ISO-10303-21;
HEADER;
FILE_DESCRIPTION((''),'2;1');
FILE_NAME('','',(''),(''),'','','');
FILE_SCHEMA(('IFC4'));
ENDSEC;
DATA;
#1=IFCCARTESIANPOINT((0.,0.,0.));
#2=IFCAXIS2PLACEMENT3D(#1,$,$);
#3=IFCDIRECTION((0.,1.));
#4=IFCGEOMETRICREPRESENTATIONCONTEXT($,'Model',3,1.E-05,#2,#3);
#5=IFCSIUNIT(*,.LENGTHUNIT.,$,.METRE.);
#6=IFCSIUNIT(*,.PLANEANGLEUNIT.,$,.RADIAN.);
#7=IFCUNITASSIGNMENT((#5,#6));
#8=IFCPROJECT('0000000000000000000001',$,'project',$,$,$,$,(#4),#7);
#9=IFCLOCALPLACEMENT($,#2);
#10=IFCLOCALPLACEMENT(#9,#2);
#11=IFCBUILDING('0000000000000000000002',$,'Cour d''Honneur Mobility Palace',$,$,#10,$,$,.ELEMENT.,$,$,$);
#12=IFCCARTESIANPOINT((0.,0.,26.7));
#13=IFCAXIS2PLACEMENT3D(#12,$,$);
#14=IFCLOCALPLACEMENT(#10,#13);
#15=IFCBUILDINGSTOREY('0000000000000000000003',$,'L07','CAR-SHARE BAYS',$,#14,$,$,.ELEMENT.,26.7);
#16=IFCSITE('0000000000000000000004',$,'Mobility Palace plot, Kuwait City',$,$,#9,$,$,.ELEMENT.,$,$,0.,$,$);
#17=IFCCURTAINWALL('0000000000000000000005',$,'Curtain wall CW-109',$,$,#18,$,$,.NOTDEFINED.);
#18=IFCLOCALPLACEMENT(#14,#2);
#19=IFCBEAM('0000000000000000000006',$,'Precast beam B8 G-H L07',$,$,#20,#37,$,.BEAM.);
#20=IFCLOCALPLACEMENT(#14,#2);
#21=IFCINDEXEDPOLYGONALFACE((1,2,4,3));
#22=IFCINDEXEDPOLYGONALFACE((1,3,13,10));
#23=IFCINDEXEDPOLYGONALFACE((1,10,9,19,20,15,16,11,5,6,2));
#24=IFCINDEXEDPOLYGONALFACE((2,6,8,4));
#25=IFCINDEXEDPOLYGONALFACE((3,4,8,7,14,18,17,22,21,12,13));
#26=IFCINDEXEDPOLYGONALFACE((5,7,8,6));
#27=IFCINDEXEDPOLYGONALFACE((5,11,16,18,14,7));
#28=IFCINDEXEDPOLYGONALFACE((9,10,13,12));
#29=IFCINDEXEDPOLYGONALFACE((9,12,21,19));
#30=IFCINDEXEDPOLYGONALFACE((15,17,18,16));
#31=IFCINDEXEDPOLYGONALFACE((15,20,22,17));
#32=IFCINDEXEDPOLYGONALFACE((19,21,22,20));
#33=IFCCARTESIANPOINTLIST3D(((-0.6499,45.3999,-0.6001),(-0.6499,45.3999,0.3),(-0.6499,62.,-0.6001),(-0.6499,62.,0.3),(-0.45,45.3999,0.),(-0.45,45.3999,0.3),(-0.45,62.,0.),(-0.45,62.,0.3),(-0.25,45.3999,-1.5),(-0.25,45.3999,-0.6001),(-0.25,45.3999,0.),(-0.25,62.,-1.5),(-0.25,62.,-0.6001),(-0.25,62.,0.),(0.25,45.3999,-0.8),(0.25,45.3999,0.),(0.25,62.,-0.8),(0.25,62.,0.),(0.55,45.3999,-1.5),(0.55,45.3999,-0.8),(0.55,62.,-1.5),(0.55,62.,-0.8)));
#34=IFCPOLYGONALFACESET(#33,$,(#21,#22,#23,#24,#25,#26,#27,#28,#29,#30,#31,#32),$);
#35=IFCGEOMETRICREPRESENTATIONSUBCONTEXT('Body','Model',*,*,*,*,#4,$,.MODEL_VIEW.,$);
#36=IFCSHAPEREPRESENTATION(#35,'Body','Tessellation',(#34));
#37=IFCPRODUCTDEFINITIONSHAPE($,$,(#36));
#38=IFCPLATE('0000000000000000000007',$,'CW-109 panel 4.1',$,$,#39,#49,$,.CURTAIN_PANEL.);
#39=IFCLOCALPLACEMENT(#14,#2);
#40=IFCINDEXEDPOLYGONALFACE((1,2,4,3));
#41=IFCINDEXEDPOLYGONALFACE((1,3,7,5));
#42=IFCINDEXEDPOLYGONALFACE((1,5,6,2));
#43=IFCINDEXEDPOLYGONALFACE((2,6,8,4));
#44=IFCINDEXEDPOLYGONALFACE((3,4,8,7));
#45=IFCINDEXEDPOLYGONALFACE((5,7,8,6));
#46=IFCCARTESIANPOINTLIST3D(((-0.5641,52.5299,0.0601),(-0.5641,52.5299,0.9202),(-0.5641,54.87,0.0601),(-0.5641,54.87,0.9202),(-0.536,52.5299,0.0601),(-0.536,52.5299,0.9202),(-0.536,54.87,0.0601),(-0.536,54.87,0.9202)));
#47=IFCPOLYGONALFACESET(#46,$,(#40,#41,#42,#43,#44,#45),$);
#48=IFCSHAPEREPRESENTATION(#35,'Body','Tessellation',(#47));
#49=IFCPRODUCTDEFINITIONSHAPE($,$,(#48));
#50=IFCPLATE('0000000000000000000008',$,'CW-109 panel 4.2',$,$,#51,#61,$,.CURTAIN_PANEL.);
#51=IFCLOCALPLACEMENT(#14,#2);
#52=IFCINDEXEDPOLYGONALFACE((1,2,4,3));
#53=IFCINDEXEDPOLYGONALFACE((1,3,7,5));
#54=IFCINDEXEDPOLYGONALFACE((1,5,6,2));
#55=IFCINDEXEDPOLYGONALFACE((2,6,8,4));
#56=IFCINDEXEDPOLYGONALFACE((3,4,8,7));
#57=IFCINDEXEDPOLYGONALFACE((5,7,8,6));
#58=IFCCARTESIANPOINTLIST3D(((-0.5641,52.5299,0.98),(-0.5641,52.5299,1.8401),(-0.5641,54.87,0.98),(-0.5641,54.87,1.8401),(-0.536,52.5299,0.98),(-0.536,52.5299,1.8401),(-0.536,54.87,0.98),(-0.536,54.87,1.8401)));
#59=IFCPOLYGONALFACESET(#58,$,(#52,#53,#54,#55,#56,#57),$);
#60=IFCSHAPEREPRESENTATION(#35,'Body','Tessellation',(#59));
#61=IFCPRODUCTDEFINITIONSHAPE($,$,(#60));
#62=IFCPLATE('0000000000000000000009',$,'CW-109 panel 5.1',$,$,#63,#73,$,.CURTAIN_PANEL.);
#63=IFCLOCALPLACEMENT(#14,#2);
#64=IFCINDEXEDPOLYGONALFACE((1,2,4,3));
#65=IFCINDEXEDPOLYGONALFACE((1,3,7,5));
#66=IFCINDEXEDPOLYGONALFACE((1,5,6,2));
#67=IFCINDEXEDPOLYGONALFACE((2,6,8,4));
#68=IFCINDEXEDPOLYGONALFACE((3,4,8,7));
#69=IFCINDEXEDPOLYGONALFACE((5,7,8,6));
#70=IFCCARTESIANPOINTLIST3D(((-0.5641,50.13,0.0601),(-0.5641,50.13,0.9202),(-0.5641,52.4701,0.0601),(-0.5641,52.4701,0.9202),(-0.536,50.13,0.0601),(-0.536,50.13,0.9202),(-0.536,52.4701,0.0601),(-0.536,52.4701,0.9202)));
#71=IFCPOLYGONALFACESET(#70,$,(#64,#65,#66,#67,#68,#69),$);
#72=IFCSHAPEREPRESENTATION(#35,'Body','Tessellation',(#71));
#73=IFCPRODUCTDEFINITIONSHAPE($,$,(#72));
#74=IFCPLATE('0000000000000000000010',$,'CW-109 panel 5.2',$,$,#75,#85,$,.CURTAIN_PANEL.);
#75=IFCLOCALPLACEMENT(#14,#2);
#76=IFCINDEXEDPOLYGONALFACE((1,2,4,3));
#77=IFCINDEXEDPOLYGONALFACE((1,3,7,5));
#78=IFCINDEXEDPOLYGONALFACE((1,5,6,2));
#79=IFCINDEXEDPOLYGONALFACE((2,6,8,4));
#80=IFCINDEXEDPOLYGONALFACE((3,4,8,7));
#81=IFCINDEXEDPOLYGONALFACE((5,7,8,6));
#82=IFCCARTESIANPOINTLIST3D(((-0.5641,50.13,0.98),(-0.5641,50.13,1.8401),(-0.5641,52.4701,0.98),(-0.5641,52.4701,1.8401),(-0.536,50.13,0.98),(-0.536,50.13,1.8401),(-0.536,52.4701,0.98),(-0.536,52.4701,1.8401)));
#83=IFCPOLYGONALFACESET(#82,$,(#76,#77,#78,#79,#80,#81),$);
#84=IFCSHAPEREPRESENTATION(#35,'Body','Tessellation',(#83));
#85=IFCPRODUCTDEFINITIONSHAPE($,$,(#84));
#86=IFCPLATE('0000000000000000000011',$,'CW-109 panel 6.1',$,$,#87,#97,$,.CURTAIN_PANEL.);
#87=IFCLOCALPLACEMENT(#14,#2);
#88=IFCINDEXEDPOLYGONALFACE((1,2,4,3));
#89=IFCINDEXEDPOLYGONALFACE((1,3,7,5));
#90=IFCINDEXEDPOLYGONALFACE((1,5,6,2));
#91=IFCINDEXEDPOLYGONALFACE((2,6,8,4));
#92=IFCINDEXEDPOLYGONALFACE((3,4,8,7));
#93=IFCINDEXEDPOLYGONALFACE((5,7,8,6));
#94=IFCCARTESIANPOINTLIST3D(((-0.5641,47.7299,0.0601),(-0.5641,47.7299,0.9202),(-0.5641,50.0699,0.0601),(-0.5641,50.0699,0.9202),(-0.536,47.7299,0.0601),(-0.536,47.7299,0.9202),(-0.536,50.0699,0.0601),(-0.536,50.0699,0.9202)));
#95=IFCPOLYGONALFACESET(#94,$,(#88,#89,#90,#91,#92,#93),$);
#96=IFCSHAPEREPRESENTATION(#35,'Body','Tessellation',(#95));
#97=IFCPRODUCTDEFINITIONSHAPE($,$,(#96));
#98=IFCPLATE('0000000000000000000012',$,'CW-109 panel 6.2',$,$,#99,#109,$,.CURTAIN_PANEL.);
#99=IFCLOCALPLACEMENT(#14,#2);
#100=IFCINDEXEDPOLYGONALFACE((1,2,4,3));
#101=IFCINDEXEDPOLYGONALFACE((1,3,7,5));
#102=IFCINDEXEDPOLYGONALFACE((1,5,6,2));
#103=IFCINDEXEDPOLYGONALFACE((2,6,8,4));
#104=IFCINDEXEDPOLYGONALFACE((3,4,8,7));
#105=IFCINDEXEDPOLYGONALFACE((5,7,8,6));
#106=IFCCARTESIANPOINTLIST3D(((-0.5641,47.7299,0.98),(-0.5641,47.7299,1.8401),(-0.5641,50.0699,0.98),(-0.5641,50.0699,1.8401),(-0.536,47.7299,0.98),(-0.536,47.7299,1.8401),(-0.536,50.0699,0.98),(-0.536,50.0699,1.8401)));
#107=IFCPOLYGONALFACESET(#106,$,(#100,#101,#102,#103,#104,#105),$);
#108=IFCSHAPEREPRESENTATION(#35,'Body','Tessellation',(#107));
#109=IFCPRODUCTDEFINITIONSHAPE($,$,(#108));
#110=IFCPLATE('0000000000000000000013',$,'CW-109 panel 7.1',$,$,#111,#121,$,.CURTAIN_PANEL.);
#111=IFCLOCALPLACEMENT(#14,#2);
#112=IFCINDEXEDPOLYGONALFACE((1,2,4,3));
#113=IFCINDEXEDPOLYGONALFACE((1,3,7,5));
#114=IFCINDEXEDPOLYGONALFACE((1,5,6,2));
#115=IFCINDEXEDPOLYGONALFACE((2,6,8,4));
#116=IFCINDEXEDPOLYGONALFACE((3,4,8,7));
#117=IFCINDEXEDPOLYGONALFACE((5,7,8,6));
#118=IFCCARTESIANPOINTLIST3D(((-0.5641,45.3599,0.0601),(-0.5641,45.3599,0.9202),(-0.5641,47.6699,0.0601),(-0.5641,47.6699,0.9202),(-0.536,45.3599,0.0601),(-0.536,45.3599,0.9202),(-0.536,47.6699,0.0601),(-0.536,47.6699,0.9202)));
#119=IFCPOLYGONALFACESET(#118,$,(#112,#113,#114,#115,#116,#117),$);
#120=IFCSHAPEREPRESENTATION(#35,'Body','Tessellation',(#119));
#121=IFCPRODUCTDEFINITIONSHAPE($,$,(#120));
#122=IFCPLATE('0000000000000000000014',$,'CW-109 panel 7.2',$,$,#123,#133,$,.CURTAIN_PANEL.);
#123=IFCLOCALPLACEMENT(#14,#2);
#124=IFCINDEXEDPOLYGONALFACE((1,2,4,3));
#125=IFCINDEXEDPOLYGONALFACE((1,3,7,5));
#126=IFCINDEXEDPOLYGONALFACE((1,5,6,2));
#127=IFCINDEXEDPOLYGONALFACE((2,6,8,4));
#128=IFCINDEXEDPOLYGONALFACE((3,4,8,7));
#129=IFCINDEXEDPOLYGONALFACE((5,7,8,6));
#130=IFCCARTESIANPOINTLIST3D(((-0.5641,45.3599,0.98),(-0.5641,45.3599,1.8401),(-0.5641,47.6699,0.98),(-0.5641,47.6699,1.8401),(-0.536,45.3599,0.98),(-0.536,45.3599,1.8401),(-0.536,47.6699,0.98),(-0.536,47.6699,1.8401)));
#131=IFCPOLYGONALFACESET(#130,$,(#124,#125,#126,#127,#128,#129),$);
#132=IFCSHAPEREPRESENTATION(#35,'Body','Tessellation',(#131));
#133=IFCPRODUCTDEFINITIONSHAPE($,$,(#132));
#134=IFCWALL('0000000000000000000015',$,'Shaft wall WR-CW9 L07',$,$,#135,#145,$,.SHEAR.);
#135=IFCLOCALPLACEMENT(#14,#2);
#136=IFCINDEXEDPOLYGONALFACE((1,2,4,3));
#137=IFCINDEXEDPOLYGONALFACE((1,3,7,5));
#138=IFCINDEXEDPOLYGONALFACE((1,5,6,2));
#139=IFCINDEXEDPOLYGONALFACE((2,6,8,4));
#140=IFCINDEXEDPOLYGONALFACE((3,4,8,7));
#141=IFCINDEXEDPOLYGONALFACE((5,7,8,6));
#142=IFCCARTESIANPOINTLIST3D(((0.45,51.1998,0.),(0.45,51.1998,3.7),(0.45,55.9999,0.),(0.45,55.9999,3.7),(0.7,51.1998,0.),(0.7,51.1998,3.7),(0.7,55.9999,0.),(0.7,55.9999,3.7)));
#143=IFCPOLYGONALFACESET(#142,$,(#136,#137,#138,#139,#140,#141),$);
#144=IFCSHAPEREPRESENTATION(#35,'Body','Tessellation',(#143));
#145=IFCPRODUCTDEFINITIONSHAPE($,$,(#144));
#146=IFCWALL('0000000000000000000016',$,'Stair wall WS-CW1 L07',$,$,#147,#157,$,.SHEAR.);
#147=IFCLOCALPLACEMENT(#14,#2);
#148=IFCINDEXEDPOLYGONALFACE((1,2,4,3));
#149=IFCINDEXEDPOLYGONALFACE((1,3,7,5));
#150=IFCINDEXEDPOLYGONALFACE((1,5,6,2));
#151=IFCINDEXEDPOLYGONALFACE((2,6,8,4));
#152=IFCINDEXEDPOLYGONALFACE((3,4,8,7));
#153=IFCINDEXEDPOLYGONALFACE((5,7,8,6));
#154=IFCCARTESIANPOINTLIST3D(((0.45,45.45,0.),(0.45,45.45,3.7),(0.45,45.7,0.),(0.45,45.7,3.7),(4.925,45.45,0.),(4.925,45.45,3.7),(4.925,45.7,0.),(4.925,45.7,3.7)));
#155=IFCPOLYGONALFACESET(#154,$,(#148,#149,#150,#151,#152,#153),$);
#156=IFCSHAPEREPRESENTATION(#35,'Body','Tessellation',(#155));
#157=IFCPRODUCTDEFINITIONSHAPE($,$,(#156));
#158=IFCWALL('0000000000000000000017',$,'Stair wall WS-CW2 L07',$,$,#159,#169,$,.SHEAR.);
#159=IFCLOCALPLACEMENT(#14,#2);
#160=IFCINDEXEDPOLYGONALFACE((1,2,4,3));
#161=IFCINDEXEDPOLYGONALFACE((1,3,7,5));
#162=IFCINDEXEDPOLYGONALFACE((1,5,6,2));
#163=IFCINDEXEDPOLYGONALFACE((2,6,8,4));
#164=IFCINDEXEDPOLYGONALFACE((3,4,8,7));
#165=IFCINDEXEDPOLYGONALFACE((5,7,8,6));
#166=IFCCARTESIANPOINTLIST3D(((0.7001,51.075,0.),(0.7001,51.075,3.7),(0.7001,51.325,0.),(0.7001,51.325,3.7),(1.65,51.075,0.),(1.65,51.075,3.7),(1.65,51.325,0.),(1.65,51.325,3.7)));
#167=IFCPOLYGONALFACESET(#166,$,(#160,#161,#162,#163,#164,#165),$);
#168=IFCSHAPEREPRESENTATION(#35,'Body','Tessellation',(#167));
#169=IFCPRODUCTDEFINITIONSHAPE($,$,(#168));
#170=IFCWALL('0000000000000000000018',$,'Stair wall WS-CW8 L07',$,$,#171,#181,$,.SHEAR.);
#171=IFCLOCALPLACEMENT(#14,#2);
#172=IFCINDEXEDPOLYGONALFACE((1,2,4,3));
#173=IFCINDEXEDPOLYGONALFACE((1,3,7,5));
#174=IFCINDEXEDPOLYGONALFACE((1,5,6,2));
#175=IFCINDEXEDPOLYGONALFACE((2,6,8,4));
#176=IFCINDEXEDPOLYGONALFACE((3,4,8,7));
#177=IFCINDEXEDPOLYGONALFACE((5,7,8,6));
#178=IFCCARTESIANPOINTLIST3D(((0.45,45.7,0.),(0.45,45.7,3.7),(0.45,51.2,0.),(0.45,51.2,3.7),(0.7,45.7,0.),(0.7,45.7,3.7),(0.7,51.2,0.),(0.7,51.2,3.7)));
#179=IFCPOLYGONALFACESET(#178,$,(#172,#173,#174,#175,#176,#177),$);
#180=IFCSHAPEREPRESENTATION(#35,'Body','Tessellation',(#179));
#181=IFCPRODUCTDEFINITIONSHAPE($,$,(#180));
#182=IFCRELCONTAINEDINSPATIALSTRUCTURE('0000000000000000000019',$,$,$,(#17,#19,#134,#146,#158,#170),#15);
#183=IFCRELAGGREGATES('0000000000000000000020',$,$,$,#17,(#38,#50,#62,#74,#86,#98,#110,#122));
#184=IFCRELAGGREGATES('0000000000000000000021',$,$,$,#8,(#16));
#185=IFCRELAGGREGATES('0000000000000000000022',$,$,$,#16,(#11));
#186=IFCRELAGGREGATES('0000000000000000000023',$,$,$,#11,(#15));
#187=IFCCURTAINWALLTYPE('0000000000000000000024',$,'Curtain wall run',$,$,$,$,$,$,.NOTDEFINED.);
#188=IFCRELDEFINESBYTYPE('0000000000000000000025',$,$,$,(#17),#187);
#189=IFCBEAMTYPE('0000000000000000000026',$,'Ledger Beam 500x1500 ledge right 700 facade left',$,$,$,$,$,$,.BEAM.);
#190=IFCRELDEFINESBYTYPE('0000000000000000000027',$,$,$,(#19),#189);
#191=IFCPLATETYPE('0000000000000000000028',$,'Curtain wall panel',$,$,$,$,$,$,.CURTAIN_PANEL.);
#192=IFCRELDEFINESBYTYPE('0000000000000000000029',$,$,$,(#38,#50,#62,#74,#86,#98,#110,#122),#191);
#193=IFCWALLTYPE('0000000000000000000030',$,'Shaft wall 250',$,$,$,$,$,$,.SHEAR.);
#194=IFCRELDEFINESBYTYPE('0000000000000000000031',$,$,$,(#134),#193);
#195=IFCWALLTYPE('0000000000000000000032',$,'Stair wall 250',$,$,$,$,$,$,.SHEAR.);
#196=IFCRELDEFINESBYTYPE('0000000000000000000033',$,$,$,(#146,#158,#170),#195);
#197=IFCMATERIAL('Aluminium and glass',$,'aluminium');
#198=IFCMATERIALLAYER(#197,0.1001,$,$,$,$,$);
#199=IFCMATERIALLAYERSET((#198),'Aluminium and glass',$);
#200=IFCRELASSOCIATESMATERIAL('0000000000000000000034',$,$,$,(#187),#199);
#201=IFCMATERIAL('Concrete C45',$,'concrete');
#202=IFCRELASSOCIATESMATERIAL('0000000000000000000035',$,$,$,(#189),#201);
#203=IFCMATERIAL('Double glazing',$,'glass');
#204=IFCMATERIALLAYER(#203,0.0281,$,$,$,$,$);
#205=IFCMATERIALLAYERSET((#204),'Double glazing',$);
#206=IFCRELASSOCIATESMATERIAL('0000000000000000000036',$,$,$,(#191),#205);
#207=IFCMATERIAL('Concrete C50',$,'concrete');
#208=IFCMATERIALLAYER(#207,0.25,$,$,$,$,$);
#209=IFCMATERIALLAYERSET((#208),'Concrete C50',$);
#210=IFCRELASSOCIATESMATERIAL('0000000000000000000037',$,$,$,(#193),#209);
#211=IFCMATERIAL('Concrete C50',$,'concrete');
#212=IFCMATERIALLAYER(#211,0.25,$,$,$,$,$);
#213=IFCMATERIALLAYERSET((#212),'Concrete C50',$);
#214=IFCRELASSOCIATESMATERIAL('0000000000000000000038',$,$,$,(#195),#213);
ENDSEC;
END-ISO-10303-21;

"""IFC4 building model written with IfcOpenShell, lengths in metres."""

from ifc_helpers import new_model, si_unit, direction, frame, frame_2d, origin, origin_2d, place, context, subcontext, project, spatial, polyline, rectangle, outline, extrude, material, layer, layer_set, material_profile, profile_set, type_object, element, aggregate, save


model = new_model("IFC4")

# Units and contexts
model_context = context("Model", 3, precision=1e-05, world=origin(), true_north=direction((0.0, 1.0)))
body_context = subcontext(model_context, "Body", "Model", "MODEL_VIEW")
ifc_project = project(units=[si_unit("LENGTHUNIT", "METRE"), si_unit("PLANEANGLEUNIT", "RADIAN")], contexts=[model_context])

# Site, building, storey
site_placement = place(None, origin())
site = spatial("IfcSite", under=ifc_project, at=site_placement, Name="Mobility Palace plot, Kuwait City", CompositionType="ELEMENT", RefElevation=0.0)
building_placement = place(site_placement, origin())
building = spatial("IfcBuilding", under=site, at=building_placement, Name="Cour d'Honneur Mobility Palace", CompositionType="ELEMENT")
storey_placement = place(building_placement, frame((0.0, 0.0, 26.7)))
storey = spatial("IfcBuildingStorey", under=building, at=storey_placement, Name="L07", Description="CAR-SHARE BAYS", CompositionType="ELEMENT", Elevation=26.7)

# Curtain wall
ifc_material_1 = material(Name="Aluminium and glass", Category="aluminium")
ifc_layer_1 = layer(ifc_material_1, 0.1001)
ifc_layer_set_1 = layer_set([ifc_layer_1], Name="Aluminium and glass")
curtain_wall_type = type_object("IfcCurtainWallType", Name="Curtain wall run", PredefinedType="NOTDEFINED", material=ifc_layer_set_1)
curtain_wall_placement = place(storey_placement, origin())
curtain_wall = element("IfcCurtainWall", 1, at=curtain_wall_placement, inside=storey, type_object=curtain_wall_type, Name="Curtain wall CW-109", PredefinedType="NOTDEFINED")

# Beam
ifc_material_2 = material(Name="Concrete C45", Category="concrete")
ifc_material_profile_1 = material_profile(ifc_material_2, outline(polyline([(0.25, -1.5), (0.25, -0.6001), (0.6499, -0.6001), (0.6499, 0.3), (0.45, 0.3), (0.45, 0.0), (0.25, 0.0), (-0.25, 0.0), (-0.25, -0.8), (-0.55, -0.8), (-0.55, -1.5), (0.25, -1.5)])), Name="Ledger Beam 500x1500 ledge right 700 facade left")
ifc_profile_set_1 = profile_set([ifc_material_profile_1], Name="Concrete C45")
beam_type = type_object("IfcBeamType", Name="Ledger Beam 500x1500 ledge right 700 facade left", PredefinedType="BEAM", material=ifc_profile_set_1)
beam_placement = place(storey_placement, frame((0.0, 45.3999, 0.0), z_axis=(0.0, 1.0, 0.0), x_axis=(-1.0, 0.0, 0.0)))
element("IfcBeam", 2, at=beam_placement, inside=storey, type_object=beam_type, Name="Precast beam B8 G-H L07", PredefinedType="BEAM", context=body_context, shape_type="SweptSolid", body=[
    extrude(outline(polyline([(0.25, -1.5), (0.25, -0.6001), (0.6499, -0.6001), (0.6499, 0.3), (0.45, 0.3), (0.45, 0.0), (0.25, 0.0), (-0.25, 0.0), (-0.25, -0.8), (-0.55, -0.8), (-0.55, -1.5), (0.25, -1.5)])), origin(), (0.0, 0.0, 1.0), 16.6001),
])

# Plates
ifc_material_3 = material(Name="Double glazing", Category="glass")
ifc_layer_2 = layer(ifc_material_3, 0.0281)
ifc_layer_set_2 = layer_set([ifc_layer_2], Name="Double glazing")
plate_type = type_object("IfcPlateType", Name="Curtain wall panel", PredefinedType="CURTAIN_PANEL", material=ifc_layer_set_2)
plate_1_placement = place(storey_placement, frame((-0.55, 53.7, 0.0601), z_axis=(0.0, 0.0, 1.0), x_axis=(0.0, -1.0, 0.0)))
plate_1 = element("IfcPlate", 3, at=plate_1_placement, type_object=plate_type, Name="CW-109 panel 4.1", PredefinedType="CURTAIN_PANEL", context=body_context, shape_type="SweptSolid", body=[
    extrude(rectangle(XDim=2.3401, YDim=0.0281, at=origin_2d()), origin(), (0.0, 0.0, 1.0), 0.8601),
])
plate_2_placement = place(storey_placement, frame((-0.55, 53.7, 0.98), z_axis=(0.0, 0.0, 1.0), x_axis=(0.0, -1.0, 0.0)))
plate_2 = element("IfcPlate", 4, at=plate_2_placement, type_object=plate_type, Name="CW-109 panel 4.2", PredefinedType="CURTAIN_PANEL", context=body_context, shape_type="SweptSolid", body=[
    extrude(rectangle(XDim=2.3401, YDim=0.0281, at=origin_2d()), origin(), (0.0, 0.0, 1.0), 0.8601),
])
plate_3_placement = place(storey_placement, frame((-0.55, 51.3, 0.0601), z_axis=(0.0, 0.0, 1.0), x_axis=(0.0, -1.0, 0.0)))
plate_3 = element("IfcPlate", 5, at=plate_3_placement, type_object=plate_type, Name="CW-109 panel 5.1", PredefinedType="CURTAIN_PANEL", context=body_context, shape_type="SweptSolid", body=[
    extrude(rectangle(XDim=2.3401, YDim=0.0281, at=origin_2d()), origin(), (0.0, 0.0, 1.0), 0.8601),
])
plate_4_placement = place(storey_placement, frame((-0.55, 51.3, 0.98), z_axis=(0.0, 0.0, 1.0), x_axis=(0.0, -1.0, 0.0)))
plate_4 = element("IfcPlate", 6, at=plate_4_placement, type_object=plate_type, Name="CW-109 panel 5.2", PredefinedType="CURTAIN_PANEL", context=body_context, shape_type="SweptSolid", body=[
    extrude(rectangle(XDim=2.3401, YDim=0.0281, at=origin_2d()), origin(), (0.0, 0.0, 1.0), 0.8601),
])
plate_5_placement = place(storey_placement, frame((-0.55, 48.8999, 0.0601), z_axis=(0.0, 0.0, 1.0), x_axis=(0.0, -1.0, 0.0)))
plate_5 = element("IfcPlate", 7, at=plate_5_placement, type_object=plate_type, Name="CW-109 panel 6.1", PredefinedType="CURTAIN_PANEL", context=body_context, shape_type="SweptSolid", body=[
    extrude(rectangle(XDim=2.3401, YDim=0.0281, at=origin_2d()), origin(), (0.0, 0.0, 1.0), 0.8601),
])
plate_6_placement = place(storey_placement, frame((-0.55, 48.8999, 0.98), z_axis=(0.0, 0.0, 1.0), x_axis=(0.0, -1.0, 0.0)))
plate_6 = element("IfcPlate", 8, at=plate_6_placement, type_object=plate_type, Name="CW-109 panel 6.2", PredefinedType="CURTAIN_PANEL", context=body_context, shape_type="SweptSolid", body=[
    extrude(rectangle(XDim=2.3401, YDim=0.0281, at=origin_2d()), origin(), (0.0, 0.0, 1.0), 0.8601),
])
plate_7_placement = place(storey_placement, frame((-0.55, 46.5149, 0.0601), z_axis=(0.0, 0.0, 1.0), x_axis=(0.0, -1.0, 0.0)))
plate_7 = element("IfcPlate", 9, at=plate_7_placement, type_object=plate_type, Name="CW-109 panel 7.1", PredefinedType="CURTAIN_PANEL", context=body_context, shape_type="SweptSolid", body=[
    extrude(rectangle(XDim=2.3101, YDim=0.0281, at=origin_2d()), origin(), (0.0, 0.0, 1.0), 0.8601),
])
plate_8_placement = place(storey_placement, frame((-0.55, 46.5149, 0.98), z_axis=(0.0, 0.0, 1.0), x_axis=(0.0, -1.0, 0.0)))
plate_8 = element("IfcPlate", 10, at=plate_8_placement, type_object=plate_type, Name="CW-109 panel 7.2", PredefinedType="CURTAIN_PANEL", context=body_context, shape_type="SweptSolid", body=[
    extrude(rectangle(XDim=2.3101, YDim=0.0281, at=origin_2d()), origin(), (0.0, 0.0, 1.0), 0.8601),
])
aggregate(curtain_wall, [plate_1, plate_2, plate_3, plate_4, plate_5, plate_6, plate_7, plate_8])

# Walls
ifc_material_4 = material(Name="Concrete C50", Category="concrete")
ifc_layer_3 = layer(ifc_material_4, 0.25)
ifc_layer_set_3 = layer_set([ifc_layer_3], Name="Concrete C50")
wall_type_1 = type_object("IfcWallType", Name="Shaft wall 250", PredefinedType="SHEAR", material=ifc_layer_set_3)
wall_1_placement = place(storey_placement, frame((0.575, 51.2, 0.0), z_axis=(0.0, 0.0, 1.0), x_axis=(0.0, 1.0, 0.0)))
element("IfcWall", 11, at=wall_1_placement, inside=storey, type_object=wall_type_1, Name="Shaft wall WR-CW9 L07", PredefinedType="SHEAR", context=body_context, shape_type="SweptSolid", body=[
    extrude(rectangle(XDim=4.8, YDim=0.25, at=frame_2d((2.3999, 0.0))), origin(), (0.0, 0.0, 1.0), 3.7),
])
ifc_material_5 = material(Name="Concrete C50", Category="concrete")
ifc_layer_4 = layer(ifc_material_5, 0.25)
ifc_layer_set_4 = layer_set([ifc_layer_4], Name="Concrete C50")
wall_type_2 = type_object("IfcWallType", Name="Stair wall 250", PredefinedType="SHEAR", material=ifc_layer_set_4)
wall_2_placement = place(storey_placement, frame((0.45, 45.575, 0.0), z_axis=(0.0, 0.0, 1.0), x_axis=(1.0, 0.0, 0.0)))
element("IfcWall", 12, at=wall_2_placement, inside=storey, type_object=wall_type_2, Name="Stair wall WS-CW1 L07", PredefinedType="SHEAR", context=body_context, shape_type="SweptSolid", body=[
    extrude(rectangle(XDim=4.4751, YDim=0.25, at=frame_2d((2.2375, 0.0))), origin(), (0.0, 0.0, 1.0), 3.7),
])
wall_3_placement = place(storey_placement, frame((0.7, 51.2, 0.0), z_axis=(0.0, 0.0, 1.0), x_axis=(1.0, 0.0, 0.0)))
element("IfcWall", 13, at=wall_3_placement, inside=storey, type_object=wall_type_2, Name="Stair wall WS-CW2 L07", PredefinedType="SHEAR", context=body_context, shape_type="SweptSolid", body=[
    extrude(rectangle(XDim=0.95, YDim=0.25, at=frame_2d((0.4751, 0.0))), origin(), (0.0, 0.0, 1.0), 3.7),
])
wall_4_placement = place(storey_placement, frame((0.575, 45.7, 0.0), z_axis=(0.0, 0.0, 1.0), x_axis=(0.0, 1.0, 0.0)))
element("IfcWall", 14, at=wall_4_placement, inside=storey, type_object=wall_type_2, Name="Stair wall WS-CW8 L07", PredefinedType="SHEAR", context=body_context, shape_type="SweptSolid", body=[
    extrude(rectangle(XDim=5.5, YDim=0.25, at=frame_2d((2.75, 0.0))), origin(), (0.0, 0.0, 1.0), 3.7),
])

save(model, "model.ifc")
